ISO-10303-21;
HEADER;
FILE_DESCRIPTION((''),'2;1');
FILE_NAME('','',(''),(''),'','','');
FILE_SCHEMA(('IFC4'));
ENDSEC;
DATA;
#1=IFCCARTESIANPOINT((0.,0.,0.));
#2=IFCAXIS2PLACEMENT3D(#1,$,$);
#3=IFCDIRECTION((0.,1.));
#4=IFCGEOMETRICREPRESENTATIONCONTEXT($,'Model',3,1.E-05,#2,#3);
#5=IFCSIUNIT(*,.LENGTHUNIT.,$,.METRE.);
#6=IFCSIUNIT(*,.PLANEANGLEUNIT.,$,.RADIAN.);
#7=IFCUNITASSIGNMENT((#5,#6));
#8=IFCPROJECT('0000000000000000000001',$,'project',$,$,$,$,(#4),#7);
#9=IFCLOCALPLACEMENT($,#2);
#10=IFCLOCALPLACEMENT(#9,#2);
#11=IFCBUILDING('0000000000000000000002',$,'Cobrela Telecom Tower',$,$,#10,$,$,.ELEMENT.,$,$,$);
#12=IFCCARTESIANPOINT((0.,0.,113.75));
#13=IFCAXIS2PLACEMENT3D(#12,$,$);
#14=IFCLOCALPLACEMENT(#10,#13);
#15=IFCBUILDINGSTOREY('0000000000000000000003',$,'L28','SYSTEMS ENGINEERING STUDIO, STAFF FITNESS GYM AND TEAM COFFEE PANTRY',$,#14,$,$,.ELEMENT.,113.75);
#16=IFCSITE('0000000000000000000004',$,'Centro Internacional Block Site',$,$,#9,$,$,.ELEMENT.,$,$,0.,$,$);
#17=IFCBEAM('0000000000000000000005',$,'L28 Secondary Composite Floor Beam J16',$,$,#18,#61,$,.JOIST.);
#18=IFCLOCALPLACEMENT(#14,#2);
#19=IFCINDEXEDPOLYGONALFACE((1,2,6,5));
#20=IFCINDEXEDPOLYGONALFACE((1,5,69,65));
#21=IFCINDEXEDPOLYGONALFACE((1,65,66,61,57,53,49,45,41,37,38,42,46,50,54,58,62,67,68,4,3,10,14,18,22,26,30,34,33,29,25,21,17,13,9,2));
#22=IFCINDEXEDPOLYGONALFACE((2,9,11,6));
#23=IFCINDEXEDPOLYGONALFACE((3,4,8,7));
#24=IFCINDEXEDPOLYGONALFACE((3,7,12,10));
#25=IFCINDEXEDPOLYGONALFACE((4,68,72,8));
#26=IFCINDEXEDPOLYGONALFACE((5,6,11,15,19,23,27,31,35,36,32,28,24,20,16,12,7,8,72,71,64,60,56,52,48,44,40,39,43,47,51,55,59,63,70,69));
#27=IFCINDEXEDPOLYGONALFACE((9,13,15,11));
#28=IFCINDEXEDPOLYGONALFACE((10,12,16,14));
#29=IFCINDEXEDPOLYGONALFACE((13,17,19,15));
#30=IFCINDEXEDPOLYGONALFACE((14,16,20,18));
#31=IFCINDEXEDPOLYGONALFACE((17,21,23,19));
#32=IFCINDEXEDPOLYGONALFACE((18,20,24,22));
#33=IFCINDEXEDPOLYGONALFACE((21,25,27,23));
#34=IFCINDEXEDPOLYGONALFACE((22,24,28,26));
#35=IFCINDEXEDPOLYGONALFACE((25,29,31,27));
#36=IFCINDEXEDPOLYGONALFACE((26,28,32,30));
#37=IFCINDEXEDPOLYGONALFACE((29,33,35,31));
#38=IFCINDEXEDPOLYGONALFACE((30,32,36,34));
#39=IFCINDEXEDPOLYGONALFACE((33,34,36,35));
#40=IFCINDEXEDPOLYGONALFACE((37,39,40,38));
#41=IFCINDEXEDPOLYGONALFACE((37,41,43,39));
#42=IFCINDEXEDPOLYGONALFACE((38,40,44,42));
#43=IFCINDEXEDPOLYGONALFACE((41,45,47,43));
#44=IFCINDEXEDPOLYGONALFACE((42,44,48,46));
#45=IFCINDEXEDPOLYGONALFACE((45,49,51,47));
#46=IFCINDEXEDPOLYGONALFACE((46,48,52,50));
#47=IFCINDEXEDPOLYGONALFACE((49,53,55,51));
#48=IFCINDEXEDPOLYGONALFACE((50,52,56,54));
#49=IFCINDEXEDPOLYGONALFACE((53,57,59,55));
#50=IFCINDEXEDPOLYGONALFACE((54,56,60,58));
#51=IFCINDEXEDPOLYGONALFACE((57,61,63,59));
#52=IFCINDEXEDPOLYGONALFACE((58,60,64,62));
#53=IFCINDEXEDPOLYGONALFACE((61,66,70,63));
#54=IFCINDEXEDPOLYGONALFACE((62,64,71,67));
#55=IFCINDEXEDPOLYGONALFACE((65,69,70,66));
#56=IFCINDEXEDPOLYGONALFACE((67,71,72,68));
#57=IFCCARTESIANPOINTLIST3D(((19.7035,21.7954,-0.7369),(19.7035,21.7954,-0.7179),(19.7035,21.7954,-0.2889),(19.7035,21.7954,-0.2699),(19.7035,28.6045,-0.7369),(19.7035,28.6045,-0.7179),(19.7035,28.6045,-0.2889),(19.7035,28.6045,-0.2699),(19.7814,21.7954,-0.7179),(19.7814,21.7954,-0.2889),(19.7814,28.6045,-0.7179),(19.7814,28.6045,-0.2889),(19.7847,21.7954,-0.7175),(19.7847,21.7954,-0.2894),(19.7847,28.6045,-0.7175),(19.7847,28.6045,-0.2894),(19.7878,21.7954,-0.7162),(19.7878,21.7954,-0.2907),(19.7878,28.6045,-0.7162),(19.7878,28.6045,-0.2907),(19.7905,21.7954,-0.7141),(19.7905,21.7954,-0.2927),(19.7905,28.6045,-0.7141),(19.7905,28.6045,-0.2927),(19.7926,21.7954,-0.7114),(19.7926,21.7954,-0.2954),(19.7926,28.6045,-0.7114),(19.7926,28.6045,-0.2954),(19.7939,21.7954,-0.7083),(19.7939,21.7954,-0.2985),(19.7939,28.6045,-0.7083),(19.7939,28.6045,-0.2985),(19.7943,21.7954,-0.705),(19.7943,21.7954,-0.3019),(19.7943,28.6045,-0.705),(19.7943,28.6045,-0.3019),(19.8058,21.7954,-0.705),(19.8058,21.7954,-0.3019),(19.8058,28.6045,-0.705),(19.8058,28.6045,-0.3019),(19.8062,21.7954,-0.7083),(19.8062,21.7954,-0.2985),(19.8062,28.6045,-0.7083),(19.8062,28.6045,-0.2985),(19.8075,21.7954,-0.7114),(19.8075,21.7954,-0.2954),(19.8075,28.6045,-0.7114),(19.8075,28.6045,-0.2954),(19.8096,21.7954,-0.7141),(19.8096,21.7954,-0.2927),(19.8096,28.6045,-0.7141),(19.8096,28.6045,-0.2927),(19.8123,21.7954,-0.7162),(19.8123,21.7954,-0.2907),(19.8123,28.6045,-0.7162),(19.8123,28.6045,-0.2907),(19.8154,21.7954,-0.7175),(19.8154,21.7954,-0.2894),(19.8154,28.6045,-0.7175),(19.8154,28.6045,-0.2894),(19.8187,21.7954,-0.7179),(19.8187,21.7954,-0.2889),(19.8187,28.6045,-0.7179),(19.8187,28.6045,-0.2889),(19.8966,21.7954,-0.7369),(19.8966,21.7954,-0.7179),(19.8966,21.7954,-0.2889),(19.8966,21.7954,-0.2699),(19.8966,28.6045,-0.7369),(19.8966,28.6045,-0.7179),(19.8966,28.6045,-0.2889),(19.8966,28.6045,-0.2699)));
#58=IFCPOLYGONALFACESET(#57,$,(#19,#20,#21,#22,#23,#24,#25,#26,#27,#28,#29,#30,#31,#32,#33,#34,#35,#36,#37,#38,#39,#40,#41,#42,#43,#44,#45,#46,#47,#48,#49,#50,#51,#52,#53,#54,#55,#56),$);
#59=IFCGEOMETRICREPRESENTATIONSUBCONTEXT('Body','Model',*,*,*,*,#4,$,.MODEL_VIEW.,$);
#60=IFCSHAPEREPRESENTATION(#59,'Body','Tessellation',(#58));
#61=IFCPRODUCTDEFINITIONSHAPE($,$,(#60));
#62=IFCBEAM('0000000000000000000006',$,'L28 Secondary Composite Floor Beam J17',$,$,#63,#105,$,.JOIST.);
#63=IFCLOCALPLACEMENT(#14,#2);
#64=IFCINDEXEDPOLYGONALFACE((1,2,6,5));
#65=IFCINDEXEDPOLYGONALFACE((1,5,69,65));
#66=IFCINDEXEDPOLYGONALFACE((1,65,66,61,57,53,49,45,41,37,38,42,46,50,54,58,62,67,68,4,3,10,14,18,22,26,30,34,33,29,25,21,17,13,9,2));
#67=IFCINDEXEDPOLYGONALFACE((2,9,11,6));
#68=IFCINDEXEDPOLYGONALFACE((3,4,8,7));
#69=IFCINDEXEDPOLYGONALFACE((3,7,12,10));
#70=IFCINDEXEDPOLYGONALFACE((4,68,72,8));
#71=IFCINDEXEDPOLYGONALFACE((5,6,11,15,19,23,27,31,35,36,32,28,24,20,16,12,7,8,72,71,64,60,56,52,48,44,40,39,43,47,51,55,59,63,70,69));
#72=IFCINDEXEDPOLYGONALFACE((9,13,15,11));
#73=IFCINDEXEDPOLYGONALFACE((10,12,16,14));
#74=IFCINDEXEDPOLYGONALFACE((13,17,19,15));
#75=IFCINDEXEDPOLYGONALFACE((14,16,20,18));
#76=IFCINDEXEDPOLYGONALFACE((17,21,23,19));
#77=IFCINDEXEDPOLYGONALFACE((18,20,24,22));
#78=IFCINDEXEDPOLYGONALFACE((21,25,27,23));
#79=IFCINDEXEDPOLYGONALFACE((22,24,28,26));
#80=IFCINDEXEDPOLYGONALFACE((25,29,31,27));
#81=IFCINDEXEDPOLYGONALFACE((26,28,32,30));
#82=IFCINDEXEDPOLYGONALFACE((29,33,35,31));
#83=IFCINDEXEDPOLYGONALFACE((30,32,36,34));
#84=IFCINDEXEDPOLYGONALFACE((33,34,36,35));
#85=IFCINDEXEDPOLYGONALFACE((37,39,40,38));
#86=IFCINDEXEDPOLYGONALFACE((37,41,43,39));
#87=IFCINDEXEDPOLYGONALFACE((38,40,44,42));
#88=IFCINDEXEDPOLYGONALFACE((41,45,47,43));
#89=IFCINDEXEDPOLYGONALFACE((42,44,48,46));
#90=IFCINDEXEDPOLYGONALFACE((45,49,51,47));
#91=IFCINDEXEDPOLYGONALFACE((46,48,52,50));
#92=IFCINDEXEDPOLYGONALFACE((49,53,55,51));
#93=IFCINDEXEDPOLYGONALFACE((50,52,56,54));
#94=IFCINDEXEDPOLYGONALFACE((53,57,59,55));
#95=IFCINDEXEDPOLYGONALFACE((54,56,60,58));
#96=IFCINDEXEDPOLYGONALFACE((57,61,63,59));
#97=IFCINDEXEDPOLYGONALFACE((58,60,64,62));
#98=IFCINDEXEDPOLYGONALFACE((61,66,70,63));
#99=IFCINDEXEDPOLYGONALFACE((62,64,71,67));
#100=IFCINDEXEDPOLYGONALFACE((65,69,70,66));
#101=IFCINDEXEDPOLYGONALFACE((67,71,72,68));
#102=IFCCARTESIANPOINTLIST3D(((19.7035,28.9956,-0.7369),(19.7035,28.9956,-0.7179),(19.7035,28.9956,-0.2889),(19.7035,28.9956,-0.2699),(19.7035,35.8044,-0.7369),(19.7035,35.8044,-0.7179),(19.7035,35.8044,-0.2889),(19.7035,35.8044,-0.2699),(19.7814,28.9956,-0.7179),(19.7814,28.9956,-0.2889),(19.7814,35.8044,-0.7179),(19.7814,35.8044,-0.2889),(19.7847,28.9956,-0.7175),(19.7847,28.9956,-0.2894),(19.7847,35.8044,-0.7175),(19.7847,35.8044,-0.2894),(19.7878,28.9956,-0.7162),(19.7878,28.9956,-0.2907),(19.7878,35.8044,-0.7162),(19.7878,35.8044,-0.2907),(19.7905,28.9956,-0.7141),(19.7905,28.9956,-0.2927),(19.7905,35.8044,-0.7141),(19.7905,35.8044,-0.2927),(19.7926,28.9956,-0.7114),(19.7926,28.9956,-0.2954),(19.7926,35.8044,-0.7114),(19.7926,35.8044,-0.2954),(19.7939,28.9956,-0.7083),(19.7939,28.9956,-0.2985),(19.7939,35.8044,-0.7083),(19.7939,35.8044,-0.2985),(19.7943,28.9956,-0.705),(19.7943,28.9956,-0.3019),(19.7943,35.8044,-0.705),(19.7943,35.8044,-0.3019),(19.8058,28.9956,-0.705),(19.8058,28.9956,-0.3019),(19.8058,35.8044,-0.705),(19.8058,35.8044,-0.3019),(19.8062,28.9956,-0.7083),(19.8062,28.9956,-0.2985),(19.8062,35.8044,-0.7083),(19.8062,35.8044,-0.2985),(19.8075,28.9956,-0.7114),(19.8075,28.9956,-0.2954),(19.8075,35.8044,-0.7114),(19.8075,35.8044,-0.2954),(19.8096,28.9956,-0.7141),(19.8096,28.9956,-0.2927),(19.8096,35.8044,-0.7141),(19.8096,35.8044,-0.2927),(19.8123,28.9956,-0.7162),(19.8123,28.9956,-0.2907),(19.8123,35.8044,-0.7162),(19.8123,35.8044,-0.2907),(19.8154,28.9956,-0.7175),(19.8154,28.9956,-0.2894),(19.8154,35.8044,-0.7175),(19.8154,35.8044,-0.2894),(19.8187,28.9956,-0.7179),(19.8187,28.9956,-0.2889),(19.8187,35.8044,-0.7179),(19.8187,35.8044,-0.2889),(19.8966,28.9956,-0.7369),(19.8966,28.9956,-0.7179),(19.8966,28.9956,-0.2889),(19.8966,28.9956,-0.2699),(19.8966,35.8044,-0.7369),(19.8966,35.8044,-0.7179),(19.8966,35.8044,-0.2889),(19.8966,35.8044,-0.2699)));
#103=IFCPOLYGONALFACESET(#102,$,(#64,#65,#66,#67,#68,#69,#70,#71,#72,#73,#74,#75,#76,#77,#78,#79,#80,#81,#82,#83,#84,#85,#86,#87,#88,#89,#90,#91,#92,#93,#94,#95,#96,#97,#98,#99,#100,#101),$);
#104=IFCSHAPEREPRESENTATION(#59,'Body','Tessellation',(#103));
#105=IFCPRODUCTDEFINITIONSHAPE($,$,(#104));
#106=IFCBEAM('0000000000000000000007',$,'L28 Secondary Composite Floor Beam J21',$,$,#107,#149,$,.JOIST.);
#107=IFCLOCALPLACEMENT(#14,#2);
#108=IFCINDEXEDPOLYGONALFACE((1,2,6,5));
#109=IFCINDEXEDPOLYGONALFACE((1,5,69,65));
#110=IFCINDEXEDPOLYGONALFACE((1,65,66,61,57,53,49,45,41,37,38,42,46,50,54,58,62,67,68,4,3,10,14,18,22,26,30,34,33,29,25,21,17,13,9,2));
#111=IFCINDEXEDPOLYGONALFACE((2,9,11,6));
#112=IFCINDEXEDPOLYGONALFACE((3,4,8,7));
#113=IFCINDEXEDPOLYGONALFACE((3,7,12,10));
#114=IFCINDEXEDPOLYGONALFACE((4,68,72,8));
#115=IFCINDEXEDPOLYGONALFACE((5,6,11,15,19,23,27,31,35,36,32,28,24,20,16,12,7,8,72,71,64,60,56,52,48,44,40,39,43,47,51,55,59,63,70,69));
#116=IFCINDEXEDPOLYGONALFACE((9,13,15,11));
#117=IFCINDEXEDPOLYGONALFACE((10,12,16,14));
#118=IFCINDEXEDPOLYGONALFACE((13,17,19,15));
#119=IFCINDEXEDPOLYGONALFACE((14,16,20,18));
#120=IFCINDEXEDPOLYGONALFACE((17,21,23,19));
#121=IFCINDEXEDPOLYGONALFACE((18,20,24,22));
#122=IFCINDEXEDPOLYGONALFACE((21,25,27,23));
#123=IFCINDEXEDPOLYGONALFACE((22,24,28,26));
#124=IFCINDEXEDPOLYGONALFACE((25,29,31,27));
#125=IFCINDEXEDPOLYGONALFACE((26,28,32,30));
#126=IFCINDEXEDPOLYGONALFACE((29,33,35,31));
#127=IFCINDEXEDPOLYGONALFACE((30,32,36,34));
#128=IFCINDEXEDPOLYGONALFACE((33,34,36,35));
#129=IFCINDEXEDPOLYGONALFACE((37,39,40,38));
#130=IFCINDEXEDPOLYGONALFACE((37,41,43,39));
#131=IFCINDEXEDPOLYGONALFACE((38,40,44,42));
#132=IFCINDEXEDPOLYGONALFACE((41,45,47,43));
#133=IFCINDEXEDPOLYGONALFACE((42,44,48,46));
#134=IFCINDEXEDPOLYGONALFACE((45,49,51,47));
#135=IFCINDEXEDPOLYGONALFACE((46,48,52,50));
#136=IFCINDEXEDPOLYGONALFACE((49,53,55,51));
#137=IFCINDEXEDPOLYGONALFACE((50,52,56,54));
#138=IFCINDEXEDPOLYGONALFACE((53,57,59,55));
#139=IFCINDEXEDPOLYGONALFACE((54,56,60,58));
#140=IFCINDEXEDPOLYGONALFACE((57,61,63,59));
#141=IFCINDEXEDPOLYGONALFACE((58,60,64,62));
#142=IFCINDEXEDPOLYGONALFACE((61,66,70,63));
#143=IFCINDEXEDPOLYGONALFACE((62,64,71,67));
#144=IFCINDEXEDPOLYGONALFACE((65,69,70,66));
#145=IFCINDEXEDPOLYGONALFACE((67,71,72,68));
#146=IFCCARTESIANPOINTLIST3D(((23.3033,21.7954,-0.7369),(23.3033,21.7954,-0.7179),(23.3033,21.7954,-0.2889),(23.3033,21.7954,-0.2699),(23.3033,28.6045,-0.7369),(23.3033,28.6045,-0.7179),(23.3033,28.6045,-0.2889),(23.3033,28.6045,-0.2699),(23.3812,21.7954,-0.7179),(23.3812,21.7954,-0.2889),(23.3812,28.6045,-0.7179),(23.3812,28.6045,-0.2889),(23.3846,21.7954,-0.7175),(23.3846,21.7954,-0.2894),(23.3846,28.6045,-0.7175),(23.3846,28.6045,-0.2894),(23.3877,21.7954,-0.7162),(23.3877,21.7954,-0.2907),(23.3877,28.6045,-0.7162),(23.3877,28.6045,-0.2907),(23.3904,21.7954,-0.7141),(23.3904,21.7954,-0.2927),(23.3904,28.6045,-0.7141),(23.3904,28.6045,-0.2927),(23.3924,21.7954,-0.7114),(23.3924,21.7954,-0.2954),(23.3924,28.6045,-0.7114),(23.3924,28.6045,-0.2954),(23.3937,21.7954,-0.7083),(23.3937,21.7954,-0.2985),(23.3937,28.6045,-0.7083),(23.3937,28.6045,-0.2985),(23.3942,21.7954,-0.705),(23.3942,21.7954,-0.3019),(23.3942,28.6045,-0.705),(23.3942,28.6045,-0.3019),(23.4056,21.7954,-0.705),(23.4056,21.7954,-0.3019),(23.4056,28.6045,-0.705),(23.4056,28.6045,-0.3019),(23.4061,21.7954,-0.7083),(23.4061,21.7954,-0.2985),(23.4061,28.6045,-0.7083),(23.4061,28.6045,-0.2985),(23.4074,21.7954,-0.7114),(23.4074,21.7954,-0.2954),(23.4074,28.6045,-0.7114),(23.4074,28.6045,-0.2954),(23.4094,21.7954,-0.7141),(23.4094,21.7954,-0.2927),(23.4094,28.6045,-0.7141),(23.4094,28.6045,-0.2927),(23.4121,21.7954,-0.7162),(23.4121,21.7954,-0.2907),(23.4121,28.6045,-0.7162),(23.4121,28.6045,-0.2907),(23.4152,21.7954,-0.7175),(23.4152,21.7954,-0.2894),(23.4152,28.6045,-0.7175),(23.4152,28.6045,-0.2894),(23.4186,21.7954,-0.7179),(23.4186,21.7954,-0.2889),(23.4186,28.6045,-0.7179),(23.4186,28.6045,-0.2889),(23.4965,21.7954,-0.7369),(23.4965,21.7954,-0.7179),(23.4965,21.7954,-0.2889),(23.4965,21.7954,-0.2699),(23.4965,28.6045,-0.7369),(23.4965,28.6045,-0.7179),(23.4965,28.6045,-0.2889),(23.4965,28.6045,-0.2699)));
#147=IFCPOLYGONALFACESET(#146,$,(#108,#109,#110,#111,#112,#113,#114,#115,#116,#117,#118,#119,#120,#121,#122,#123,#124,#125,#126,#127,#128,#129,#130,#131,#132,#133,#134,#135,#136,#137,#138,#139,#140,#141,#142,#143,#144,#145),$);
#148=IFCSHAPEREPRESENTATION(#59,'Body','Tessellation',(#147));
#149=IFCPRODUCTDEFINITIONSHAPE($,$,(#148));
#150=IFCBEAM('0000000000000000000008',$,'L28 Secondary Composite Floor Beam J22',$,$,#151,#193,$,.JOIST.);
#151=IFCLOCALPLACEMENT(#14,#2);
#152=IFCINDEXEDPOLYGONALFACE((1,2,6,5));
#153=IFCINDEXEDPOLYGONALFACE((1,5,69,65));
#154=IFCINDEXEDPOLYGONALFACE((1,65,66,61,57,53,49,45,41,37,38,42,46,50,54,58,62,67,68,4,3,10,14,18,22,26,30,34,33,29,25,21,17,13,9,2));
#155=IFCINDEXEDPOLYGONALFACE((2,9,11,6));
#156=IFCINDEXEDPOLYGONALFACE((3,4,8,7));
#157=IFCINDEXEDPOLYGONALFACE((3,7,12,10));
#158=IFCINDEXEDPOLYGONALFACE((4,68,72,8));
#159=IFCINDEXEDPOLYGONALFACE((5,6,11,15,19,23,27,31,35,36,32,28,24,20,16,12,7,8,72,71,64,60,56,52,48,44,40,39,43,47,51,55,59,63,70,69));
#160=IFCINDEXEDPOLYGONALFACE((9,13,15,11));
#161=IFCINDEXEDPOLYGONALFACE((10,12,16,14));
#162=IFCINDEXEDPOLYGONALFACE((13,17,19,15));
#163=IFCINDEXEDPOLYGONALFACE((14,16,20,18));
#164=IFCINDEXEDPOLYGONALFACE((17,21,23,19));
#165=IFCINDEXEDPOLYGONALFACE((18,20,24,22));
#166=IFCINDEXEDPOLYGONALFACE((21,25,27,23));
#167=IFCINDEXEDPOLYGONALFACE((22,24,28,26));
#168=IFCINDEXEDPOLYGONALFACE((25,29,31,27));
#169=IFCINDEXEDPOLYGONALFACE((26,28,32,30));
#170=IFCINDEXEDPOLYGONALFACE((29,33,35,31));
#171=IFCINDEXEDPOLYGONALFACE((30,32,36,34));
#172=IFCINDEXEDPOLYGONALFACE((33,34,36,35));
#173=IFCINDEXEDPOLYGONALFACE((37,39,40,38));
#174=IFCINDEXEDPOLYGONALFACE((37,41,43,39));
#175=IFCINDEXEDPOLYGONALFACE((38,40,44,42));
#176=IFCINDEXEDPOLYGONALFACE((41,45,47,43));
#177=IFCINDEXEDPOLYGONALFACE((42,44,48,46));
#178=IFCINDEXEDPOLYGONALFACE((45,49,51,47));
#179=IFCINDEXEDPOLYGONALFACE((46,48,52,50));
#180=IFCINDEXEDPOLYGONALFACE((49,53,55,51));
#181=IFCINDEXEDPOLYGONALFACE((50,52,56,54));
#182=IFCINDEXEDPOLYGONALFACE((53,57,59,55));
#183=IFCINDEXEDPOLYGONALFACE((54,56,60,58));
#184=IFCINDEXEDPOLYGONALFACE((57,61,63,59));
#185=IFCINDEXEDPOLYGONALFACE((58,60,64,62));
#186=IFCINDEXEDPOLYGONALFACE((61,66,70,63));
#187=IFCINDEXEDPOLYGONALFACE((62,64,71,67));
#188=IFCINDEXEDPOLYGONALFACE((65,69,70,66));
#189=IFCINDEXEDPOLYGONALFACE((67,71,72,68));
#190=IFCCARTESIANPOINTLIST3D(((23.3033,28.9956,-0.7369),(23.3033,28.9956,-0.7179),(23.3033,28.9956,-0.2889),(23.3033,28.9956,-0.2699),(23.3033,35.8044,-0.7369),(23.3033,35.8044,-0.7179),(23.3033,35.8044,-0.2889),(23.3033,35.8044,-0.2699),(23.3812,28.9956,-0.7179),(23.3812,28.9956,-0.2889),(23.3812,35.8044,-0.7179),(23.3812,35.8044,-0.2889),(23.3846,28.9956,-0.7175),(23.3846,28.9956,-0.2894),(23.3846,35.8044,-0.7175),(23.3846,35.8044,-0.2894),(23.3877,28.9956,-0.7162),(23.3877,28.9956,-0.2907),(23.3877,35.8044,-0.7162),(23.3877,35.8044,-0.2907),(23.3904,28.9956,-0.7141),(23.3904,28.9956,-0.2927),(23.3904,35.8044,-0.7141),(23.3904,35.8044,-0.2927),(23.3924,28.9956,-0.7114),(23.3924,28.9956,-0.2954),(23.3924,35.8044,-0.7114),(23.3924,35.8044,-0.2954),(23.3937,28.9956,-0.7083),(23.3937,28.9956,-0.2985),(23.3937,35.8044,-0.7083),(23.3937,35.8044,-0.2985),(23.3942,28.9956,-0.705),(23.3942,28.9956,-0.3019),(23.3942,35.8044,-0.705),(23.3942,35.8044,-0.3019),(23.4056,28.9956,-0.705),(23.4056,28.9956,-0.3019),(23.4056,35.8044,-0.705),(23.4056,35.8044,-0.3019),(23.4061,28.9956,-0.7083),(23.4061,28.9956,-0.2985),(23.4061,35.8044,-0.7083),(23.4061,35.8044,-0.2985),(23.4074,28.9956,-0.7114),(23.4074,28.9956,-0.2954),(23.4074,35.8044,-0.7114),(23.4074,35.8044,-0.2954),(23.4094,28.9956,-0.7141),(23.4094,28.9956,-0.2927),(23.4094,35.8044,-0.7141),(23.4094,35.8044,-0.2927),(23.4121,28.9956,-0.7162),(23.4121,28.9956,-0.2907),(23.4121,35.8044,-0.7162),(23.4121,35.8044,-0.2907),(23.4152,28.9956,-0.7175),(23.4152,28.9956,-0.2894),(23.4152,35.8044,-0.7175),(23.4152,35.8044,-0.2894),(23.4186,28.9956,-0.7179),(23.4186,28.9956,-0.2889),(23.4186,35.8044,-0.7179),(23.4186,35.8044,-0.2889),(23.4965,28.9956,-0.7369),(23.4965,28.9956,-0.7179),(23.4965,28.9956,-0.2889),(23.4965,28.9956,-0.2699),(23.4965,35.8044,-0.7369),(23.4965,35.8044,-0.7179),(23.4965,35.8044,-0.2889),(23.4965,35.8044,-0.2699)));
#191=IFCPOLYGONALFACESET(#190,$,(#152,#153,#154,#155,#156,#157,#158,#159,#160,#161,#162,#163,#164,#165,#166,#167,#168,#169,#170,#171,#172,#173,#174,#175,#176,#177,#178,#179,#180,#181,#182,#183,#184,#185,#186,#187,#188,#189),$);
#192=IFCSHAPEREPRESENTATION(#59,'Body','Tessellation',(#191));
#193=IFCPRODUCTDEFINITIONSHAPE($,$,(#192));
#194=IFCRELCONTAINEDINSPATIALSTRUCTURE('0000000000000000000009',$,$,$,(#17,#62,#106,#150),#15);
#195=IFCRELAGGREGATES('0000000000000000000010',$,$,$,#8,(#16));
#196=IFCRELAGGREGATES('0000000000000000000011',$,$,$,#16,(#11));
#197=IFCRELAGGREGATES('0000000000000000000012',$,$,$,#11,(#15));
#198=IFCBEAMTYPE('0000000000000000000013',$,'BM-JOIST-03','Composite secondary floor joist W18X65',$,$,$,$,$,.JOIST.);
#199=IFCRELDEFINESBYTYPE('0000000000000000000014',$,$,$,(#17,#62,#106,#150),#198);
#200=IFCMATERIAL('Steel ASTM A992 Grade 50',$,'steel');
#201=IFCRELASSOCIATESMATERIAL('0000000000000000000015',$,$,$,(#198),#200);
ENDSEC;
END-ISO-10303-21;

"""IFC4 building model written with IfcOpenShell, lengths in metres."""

from ifc_helpers import new_model, si_unit, direction, frame, origin, origin_2d, place, context, subcontext, project, spatial, i_section, extrude, material, material_profile, profile_set, type_object, element, save


model = new_model("IFC4")

# Units and contexts
model_context = context("Model", 3, precision=1e-05, world=origin(), true_north=direction((0.0, 1.0)))
body_context = subcontext(model_context, "Body", "Model", "MODEL_VIEW")
ifc_project = project(units=[si_unit("LENGTHUNIT", "METRE"), si_unit("PLANEANGLEUNIT", "RADIAN")], contexts=[model_context])

# Site, building, storey
site_placement = place(None, origin())
site = spatial("IfcSite", under=ifc_project, at=site_placement, Name="Centro Internacional Block Site", CompositionType="ELEMENT", RefElevation=0.0)
building_placement = place(site_placement, origin())
building = spatial("IfcBuilding", under=site, at=building_placement, Name="Cobrela Telecom Tower", CompositionType="ELEMENT")
storey_placement = place(building_placement, frame((0.0, 0.0, 113.75)))
storey = spatial("IfcBuildingStorey", under=building, at=storey_placement, Name="L28", Description="SYSTEMS ENGINEERING STUDIO, STAFF FITNESS GYM AND TEAM COFFEE PANTRY", CompositionType="ELEMENT", Elevation=113.75)

# Shared definitions
ifc_material_1 = material(Name="Steel ASTM A992 Grade 50", Category="steel")

# Beams
ifc_material_profile_1 = material_profile(ifc_material_1, i_section(OverallWidth=0.1931, OverallDepth=0.467, WebThickness=0.0115, FlangeThickness=0.019, FilletRadius=0.0129, at=origin_2d()), Name="W18X65")
ifc_profile_set_1 = profile_set([ifc_material_profile_1], Name="Steel ASTM A992 Grade 50")
beam_type_1 = type_object("IfcBeamType", Name="BM-JOIST-03", Description="Composite secondary floor joist W18X65", PredefinedType="JOIST", material=ifc_profile_set_1)
beam_1_placement = place(storey_placement, frame((19.8, 21.7954, -0.5034), z_axis=(0.0, 1.0, 0.0), x_axis=(-1.0, 0.0, 0.0)))
element("IfcBeam", 1, at=beam_1_placement, inside=storey, type_object=beam_type_1, Name="L28 Secondary Composite Floor Beam J16", PredefinedType="JOIST", context=body_context, shape_type="SweptSolid", body=[
    extrude(i_section(OverallWidth=0.1931, OverallDepth=0.467, WebThickness=0.0115, FlangeThickness=0.019, FilletRadius=0.0129, at=origin_2d()), origin(), (0.0, 0.0, 1.0), 6.8091),
])
beam_2_placement = place(storey_placement, frame((19.8, 28.9956, -0.5034), z_axis=(0.0, 1.0, 0.0), x_axis=(-1.0, 0.0, 0.0)))
element("IfcBeam", 2, at=beam_2_placement, inside=storey, type_object=beam_type_1, Name="L28 Secondary Composite Floor Beam J17", PredefinedType="JOIST", context=body_context, shape_type="SweptSolid", body=[
    extrude(i_section(OverallWidth=0.1931, OverallDepth=0.467, WebThickness=0.0115, FlangeThickness=0.019, FilletRadius=0.0129, at=origin_2d()), origin(), (0.0, 0.0, 1.0), 6.8088),
])
beam_3_placement = place(storey_placement, frame((23.3999, 21.7954, -0.5034), z_axis=(0.0, 1.0, 0.0), x_axis=(-1.0, 0.0, 0.0)))
element("IfcBeam", 3, at=beam_3_placement, inside=storey, type_object=beam_type_1, Name="L28 Secondary Composite Floor Beam J21", PredefinedType="JOIST", context=body_context, shape_type="SweptSolid", body=[
    extrude(i_section(OverallWidth=0.1931, OverallDepth=0.467, WebThickness=0.0115, FlangeThickness=0.019, FilletRadius=0.0129, at=origin_2d()), origin(), (0.0, 0.0, 1.0), 6.8091),
])
beam_4_placement = place(storey_placement, frame((23.3999, 28.9956, -0.5034), z_axis=(0.0, 1.0, 0.0), x_axis=(-1.0, 0.0, 0.0)))
element("IfcBeam", 4, at=beam_4_placement, inside=storey, type_object=beam_type_1, Name="L28 Secondary Composite Floor Beam J22", PredefinedType="JOIST", context=body_context, shape_type="SweptSolid", body=[
    extrude(i_section(OverallWidth=0.1931, OverallDepth=0.467, WebThickness=0.0115, FlangeThickness=0.019, FilletRadius=0.0129, at=origin_2d()), origin(), (0.0, 0.0, 1.0), 6.8088),
])

save(model, "model.ifc")
